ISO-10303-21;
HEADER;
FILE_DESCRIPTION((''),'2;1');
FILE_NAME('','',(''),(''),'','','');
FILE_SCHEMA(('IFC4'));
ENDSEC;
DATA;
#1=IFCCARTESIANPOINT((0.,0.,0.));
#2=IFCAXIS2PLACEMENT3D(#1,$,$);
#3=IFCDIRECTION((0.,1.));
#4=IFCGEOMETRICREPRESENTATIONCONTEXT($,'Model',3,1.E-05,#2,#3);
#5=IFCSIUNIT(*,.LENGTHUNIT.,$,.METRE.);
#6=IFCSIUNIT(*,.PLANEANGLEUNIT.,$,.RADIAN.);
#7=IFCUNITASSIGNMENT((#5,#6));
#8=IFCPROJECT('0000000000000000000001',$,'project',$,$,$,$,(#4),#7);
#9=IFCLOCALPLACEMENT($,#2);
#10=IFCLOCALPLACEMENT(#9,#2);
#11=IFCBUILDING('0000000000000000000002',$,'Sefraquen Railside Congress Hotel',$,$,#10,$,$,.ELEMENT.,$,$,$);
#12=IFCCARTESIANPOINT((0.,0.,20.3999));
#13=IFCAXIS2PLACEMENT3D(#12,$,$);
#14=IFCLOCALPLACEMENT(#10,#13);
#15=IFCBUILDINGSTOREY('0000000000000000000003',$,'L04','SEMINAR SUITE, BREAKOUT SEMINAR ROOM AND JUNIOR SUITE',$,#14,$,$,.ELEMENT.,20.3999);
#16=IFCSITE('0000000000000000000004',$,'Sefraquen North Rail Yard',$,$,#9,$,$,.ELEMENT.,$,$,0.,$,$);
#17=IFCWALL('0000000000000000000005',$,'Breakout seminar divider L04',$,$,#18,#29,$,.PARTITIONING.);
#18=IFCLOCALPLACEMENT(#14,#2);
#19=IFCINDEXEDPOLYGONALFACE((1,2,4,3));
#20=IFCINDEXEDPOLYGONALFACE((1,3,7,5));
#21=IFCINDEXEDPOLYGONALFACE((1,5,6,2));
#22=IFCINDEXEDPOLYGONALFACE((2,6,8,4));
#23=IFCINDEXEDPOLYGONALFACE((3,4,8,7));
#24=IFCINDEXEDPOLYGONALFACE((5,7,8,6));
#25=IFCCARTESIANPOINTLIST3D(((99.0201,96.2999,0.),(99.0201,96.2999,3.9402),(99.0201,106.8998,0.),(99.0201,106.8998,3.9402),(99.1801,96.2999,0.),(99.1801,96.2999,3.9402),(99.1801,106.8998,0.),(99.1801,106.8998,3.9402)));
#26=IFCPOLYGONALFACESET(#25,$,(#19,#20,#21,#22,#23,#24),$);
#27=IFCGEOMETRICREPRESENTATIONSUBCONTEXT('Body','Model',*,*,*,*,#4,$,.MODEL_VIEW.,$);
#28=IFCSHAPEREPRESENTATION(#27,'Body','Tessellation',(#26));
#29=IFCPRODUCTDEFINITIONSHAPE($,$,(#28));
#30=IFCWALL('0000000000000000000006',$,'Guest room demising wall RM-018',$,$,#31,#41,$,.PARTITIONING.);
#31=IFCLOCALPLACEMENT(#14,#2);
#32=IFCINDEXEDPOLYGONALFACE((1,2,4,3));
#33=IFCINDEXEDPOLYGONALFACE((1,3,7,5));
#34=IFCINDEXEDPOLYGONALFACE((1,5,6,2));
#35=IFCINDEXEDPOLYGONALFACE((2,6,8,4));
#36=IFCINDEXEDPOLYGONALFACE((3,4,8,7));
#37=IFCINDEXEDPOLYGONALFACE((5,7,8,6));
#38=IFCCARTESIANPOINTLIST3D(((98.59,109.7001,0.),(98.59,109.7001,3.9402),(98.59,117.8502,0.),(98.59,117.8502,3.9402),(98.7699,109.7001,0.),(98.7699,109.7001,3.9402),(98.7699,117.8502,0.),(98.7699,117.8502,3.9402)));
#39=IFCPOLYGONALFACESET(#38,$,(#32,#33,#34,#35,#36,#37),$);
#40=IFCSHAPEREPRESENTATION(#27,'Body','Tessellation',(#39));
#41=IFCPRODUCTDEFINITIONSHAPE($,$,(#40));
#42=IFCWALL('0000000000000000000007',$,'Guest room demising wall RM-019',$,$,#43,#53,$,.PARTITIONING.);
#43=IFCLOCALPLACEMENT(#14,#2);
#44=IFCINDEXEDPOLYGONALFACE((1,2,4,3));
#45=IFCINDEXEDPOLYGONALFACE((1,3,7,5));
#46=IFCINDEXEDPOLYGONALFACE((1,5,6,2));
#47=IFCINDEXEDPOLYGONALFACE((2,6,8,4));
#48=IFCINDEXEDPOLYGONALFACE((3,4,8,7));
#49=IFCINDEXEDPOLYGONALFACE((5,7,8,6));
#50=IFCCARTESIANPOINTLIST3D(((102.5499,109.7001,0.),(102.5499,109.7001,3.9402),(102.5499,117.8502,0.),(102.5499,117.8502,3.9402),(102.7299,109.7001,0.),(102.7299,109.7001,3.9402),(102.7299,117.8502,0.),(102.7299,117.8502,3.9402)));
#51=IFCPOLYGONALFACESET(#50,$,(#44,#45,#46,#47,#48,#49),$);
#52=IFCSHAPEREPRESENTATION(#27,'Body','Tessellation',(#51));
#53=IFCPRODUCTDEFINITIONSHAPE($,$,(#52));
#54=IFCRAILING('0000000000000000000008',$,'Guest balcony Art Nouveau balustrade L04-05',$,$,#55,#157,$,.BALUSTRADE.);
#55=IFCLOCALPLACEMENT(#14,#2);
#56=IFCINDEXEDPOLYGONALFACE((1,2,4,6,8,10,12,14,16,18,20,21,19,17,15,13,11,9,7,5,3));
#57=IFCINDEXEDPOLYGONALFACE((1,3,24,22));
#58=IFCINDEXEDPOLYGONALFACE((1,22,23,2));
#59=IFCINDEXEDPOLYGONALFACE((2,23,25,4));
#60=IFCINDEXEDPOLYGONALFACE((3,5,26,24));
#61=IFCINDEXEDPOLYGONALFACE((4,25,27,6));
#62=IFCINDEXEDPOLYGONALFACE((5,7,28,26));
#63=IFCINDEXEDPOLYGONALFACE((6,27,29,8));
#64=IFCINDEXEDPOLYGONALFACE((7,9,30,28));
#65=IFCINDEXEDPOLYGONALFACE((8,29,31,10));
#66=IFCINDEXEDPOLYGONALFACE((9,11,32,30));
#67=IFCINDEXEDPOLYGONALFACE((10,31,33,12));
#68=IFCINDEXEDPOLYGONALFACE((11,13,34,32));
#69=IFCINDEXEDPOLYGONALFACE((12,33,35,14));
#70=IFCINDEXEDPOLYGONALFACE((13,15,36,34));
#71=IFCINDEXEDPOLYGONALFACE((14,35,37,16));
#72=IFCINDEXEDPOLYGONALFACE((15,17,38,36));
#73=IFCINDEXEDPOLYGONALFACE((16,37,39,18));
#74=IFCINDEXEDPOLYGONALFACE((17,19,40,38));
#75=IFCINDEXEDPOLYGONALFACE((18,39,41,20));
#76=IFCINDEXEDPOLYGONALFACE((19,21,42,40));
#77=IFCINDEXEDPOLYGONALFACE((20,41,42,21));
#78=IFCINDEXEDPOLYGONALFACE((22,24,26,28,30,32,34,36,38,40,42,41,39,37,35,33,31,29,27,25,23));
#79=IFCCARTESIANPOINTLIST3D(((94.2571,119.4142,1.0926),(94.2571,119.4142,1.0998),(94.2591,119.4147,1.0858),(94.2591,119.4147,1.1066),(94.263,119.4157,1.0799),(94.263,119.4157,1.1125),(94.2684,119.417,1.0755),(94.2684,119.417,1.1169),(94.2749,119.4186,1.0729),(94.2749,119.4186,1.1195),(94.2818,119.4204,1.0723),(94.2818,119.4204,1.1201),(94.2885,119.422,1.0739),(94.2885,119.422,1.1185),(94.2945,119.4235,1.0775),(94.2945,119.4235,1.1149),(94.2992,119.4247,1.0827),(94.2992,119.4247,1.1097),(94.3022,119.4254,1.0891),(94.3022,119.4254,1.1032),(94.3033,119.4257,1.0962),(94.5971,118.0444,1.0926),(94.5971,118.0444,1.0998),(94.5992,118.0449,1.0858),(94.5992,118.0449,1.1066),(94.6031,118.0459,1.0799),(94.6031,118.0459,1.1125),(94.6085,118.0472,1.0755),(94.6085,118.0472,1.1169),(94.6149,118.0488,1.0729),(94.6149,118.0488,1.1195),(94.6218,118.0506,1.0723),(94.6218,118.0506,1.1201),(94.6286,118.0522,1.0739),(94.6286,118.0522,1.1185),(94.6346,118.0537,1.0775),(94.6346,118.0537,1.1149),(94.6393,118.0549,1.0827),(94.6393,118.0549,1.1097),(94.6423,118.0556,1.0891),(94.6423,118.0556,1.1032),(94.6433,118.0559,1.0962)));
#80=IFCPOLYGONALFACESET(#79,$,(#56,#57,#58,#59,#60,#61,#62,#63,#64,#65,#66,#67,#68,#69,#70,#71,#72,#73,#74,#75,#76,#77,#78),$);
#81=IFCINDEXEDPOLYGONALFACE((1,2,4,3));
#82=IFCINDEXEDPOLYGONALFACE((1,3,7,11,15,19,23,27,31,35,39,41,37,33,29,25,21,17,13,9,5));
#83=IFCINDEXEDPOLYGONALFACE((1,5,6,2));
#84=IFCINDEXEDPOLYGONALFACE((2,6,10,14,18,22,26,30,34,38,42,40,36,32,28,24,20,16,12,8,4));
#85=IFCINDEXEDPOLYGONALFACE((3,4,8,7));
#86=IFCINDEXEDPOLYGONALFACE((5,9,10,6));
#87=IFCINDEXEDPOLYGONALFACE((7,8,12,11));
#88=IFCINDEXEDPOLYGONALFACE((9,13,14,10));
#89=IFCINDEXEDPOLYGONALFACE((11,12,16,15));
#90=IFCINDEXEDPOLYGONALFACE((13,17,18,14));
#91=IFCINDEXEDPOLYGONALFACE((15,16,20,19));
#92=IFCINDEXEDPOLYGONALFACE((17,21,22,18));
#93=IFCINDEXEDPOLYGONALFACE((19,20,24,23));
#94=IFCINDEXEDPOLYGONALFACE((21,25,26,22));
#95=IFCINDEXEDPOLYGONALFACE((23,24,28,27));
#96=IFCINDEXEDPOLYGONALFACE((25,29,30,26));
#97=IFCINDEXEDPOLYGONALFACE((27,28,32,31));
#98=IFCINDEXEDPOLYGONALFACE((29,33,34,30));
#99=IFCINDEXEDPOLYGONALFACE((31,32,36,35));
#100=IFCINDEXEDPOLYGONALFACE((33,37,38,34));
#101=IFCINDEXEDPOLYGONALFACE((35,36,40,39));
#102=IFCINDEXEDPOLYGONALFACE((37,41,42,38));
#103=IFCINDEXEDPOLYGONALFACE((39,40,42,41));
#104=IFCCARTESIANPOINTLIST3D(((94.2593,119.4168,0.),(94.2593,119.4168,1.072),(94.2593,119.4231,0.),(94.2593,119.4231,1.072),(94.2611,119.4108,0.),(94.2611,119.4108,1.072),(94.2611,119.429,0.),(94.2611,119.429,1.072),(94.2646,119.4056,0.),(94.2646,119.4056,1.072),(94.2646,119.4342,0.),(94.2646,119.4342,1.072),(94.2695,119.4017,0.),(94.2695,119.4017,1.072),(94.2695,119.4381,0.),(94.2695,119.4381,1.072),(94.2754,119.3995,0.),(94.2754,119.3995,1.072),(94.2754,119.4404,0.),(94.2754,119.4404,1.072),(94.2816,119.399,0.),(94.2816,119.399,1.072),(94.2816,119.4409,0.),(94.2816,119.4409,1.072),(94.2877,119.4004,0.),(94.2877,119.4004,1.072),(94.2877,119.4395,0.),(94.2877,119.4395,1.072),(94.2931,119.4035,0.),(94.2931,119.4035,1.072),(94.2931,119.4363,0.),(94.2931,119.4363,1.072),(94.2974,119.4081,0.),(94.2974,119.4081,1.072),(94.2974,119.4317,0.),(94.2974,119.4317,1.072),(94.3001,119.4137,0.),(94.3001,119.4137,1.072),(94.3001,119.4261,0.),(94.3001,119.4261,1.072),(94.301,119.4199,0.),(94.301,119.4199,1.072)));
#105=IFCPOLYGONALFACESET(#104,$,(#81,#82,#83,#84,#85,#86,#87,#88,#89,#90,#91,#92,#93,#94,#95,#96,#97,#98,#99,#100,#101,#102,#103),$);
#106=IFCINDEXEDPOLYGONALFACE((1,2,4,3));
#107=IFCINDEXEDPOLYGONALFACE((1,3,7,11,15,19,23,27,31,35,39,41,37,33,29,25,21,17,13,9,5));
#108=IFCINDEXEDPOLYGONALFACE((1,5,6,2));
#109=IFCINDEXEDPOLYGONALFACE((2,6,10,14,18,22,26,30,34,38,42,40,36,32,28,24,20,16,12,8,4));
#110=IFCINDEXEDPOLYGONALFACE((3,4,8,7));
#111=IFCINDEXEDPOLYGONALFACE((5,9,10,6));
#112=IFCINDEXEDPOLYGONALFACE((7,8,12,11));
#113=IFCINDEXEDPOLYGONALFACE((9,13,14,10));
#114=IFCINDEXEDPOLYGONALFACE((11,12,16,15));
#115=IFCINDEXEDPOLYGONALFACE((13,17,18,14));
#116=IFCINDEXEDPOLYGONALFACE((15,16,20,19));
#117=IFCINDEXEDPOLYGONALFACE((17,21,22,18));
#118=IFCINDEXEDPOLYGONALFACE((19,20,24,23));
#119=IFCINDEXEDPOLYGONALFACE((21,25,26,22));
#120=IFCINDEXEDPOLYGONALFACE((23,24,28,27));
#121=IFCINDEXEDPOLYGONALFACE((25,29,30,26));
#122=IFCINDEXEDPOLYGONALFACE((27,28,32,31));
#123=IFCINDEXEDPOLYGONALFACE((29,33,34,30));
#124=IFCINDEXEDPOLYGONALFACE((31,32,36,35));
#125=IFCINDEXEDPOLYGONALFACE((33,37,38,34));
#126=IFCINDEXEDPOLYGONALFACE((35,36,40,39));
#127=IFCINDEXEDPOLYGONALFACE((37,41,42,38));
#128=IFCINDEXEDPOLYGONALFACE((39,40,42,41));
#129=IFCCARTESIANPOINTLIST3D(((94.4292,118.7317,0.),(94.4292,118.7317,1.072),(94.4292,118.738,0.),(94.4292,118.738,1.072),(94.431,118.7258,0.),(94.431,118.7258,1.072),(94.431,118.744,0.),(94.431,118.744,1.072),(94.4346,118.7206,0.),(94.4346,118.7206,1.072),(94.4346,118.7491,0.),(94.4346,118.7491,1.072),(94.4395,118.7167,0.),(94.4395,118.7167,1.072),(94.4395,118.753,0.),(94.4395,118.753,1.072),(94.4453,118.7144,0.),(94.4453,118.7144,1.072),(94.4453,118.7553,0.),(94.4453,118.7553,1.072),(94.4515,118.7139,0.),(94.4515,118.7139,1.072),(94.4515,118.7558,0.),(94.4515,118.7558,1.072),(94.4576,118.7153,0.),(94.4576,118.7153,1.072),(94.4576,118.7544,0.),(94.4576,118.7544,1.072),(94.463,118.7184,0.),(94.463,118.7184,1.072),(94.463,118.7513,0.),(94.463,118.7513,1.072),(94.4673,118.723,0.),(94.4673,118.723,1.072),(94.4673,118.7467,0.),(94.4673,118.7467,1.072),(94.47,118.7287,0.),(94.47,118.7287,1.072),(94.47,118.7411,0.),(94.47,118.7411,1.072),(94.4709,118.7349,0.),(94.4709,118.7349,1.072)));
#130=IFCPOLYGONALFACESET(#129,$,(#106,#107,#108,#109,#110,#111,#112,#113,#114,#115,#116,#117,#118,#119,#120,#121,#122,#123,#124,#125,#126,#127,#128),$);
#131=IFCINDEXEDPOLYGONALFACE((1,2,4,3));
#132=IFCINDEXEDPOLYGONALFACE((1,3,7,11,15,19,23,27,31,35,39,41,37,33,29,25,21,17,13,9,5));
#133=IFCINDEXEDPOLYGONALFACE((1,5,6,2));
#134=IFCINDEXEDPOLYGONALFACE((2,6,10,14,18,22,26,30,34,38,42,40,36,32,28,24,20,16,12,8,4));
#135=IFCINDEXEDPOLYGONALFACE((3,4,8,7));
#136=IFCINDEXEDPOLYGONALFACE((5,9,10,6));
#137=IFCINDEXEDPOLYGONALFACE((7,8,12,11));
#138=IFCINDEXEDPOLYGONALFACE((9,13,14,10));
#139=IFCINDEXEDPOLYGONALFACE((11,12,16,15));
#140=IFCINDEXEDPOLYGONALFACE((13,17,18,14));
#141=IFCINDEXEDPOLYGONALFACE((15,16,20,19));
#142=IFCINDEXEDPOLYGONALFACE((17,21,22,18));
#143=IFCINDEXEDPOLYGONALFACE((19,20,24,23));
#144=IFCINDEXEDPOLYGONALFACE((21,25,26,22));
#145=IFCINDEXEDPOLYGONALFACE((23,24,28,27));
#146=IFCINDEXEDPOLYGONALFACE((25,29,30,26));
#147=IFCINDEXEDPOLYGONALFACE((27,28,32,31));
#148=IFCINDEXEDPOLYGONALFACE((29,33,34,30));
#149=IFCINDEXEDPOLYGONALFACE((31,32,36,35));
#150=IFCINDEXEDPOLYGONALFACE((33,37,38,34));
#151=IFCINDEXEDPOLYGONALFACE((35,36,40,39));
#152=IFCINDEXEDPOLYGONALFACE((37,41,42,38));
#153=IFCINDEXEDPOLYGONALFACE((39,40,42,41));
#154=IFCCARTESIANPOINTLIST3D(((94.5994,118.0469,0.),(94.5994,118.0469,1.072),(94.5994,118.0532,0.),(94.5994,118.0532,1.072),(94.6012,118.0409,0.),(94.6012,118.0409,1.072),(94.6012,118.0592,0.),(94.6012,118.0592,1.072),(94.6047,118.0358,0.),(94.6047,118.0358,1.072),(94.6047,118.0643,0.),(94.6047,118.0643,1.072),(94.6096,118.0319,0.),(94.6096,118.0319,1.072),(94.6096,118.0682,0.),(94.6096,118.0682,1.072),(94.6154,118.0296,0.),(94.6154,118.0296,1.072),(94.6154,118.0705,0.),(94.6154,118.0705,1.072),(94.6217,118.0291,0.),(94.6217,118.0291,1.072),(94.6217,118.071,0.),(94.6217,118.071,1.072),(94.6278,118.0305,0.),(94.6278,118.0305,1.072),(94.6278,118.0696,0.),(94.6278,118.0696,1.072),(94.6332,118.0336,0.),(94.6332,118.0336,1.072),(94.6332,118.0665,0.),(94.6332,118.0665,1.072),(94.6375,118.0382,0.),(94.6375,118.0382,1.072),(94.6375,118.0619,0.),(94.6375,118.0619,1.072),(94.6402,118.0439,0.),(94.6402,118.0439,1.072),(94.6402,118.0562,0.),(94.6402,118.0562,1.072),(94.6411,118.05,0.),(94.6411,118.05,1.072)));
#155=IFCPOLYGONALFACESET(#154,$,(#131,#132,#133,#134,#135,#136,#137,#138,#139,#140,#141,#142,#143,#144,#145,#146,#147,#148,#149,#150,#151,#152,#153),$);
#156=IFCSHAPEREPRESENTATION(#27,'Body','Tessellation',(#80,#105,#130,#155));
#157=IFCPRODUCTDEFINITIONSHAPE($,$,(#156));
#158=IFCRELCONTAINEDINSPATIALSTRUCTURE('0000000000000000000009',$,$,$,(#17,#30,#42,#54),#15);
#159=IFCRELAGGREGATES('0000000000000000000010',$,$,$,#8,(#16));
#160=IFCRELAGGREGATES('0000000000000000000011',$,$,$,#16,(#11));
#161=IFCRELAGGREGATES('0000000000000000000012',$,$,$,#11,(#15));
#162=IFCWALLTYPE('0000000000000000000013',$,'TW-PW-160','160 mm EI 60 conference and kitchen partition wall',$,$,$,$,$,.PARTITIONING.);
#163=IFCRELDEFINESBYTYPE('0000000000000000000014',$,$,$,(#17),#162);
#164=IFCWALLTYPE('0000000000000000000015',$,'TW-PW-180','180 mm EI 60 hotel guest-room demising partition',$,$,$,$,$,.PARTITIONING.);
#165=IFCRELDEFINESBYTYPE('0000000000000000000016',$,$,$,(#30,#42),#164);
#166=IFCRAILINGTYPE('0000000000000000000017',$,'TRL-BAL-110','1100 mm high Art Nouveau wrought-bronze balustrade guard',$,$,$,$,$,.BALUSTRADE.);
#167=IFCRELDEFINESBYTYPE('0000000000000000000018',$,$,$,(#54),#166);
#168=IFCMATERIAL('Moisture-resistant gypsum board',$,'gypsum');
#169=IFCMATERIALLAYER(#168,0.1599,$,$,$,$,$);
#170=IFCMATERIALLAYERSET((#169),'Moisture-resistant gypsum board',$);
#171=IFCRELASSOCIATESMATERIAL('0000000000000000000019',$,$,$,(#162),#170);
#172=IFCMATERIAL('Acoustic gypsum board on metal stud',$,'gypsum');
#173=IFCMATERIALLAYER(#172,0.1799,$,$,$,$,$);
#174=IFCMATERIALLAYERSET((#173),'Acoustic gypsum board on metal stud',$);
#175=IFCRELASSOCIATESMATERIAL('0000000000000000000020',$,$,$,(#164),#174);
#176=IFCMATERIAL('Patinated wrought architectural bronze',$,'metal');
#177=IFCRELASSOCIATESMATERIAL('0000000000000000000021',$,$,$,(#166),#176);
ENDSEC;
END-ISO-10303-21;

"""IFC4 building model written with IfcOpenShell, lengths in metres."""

from ifc_helpers import new_model, si_unit, direction, frame, frame_2d, origin, origin_2d, place, context, subcontext, project, spatial, rectangle, circle, extrude, material, layer, layer_set, type_object, element, save


model = new_model("IFC4")

# Units and contexts
model_context = context("Model", 3, precision=1e-05, world=origin(), true_north=direction((0.0, 1.0)))
body_context = subcontext(model_context, "Body", "Model", "MODEL_VIEW")
ifc_project = project(units=[si_unit("LENGTHUNIT", "METRE"), si_unit("PLANEANGLEUNIT", "RADIAN")], contexts=[model_context])

# Site, building, storey
site_placement = place(None, origin())
site = spatial("IfcSite", under=ifc_project, at=site_placement, Name="Sefraquen North Rail Yard", CompositionType="ELEMENT", RefElevation=0.0)
building_placement = place(site_placement, origin())
building = spatial("IfcBuilding", under=site, at=building_placement, Name="Sefraquen Railside Congress Hotel", CompositionType="ELEMENT")
storey_placement = place(building_placement, frame((0.0, 0.0, 20.3999)))
storey = spatial("IfcBuildingStorey", under=building, at=storey_placement, Name="L04", Description="SEMINAR SUITE, BREAKOUT SEMINAR ROOM AND JUNIOR SUITE", CompositionType="ELEMENT", Elevation=20.3999)

# Shared definitions
ifc_material_1 = material(Name="Moisture-resistant gypsum board", Category="gypsum")

# Walls
ifc_layer_1 = layer(ifc_material_1, 0.1599)
ifc_layer_set_1 = layer_set([ifc_layer_1], Name="Moisture-resistant gypsum board")
wall_type_1 = type_object("IfcWallType", Name="TW-PW-160", Description="160 mm EI 60 conference and kitchen partition wall", PredefinedType="PARTITIONING", material=ifc_layer_set_1)
wall_1_placement = place(storey_placement, frame((99.1001, 96.3, 0.0), z_axis=(0.0, 0.0, 1.0), x_axis=(0.0, 1.0, 0.0)))
element("IfcWall", 1, at=wall_1_placement, inside=storey, type_object=wall_type_1, Name="Breakout seminar divider L04", PredefinedType="PARTITIONING", context=body_context, shape_type="SweptSolid", body=[
    extrude(rectangle(XDim=10.5999, YDim=0.1599, at=frame_2d((5.2998, 0.0))), origin(), (0.0, 0.0, 1.0), 3.9402),
])
ifc_material_2 = material(Name="Acoustic gypsum board on metal stud", Category="gypsum")
ifc_layer_2 = layer(ifc_material_2, 0.1799)
ifc_layer_set_2 = layer_set([ifc_layer_2], Name="Acoustic gypsum board on metal stud")
wall_type_2 = type_object("IfcWallType", Name="TW-PW-180", Description="180 mm EI 60 hotel guest-room demising partition", PredefinedType="PARTITIONING", material=ifc_layer_set_2)
for number, where, z_axis, x_axis, name in (
    (2, (98.6799, 109.7, 0.0), (0.0, 0.0, 1.0), (0.0, 1.0, 0.0), "Guest room demising wall RM-018"),
    (3, (102.6399, 109.7, 0.0), (0.0, 0.0, 1.0), (0.0, 1.0, 0.0), "Guest room demising wall RM-019"),
):
    element("IfcWall", number, at=place(storey_placement, frame(where, z_axis=z_axis, x_axis=x_axis)), inside=storey, type_object=wall_type_2, Name=name, PredefinedType="PARTITIONING", context=body_context, shape_type="SweptSolid", body=[
        extrude(rectangle(XDim=8.1501, YDim=0.1799, at=frame_2d((4.0752, 0.0))), origin(), (0.0, 0.0, 1.0), 3.9402),
    ])

# Railing
ifc_material_3 = material(Name="Patinated wrought architectural bronze", Category="metal")
railing_type = type_object("IfcRailingType", Name="TRL-BAL-110", Description="1100 mm high Art Nouveau wrought-bronze balustrade guard", PredefinedType="BALUSTRADE", material=ifc_material_3)
railing_placement = place(storey_placement, frame((94.28, 119.4199, 0.0)))
element("IfcRailing", 4, at=railing_placement, inside=storey, type_object=railing_type, Name="Guest balcony Art Nouveau balustrade L04-05", PredefinedType="BALUSTRADE", context=body_context, shape_type="SweptSolid", body=[
    extrude(circle(Radius=0.0239, at=origin_2d()), frame((0.0, 0.0, 1.0962), z_axis=(0.240948, -0.970538, 0.0), x_axis=(0.970538, 0.240948, 0.0)), (0.0, 0.0, 1.0), 1.4114),
    extrude(circle(Radius=0.021, at=origin_2d()), origin(), (0.0, 0.0, 1.0), 1.072),
    extrude(circle(Radius=0.021, at=origin_2d()), frame((0.1699, -0.6851, 0.0)), (0.0, 0.0, 1.0), 1.072),
    extrude(circle(Radius=0.021, at=origin_2d()), frame((0.3401, -1.3699, 0.0)), (0.0, 0.0, 1.0), 1.072),
])

save(model, "model.ifc")
